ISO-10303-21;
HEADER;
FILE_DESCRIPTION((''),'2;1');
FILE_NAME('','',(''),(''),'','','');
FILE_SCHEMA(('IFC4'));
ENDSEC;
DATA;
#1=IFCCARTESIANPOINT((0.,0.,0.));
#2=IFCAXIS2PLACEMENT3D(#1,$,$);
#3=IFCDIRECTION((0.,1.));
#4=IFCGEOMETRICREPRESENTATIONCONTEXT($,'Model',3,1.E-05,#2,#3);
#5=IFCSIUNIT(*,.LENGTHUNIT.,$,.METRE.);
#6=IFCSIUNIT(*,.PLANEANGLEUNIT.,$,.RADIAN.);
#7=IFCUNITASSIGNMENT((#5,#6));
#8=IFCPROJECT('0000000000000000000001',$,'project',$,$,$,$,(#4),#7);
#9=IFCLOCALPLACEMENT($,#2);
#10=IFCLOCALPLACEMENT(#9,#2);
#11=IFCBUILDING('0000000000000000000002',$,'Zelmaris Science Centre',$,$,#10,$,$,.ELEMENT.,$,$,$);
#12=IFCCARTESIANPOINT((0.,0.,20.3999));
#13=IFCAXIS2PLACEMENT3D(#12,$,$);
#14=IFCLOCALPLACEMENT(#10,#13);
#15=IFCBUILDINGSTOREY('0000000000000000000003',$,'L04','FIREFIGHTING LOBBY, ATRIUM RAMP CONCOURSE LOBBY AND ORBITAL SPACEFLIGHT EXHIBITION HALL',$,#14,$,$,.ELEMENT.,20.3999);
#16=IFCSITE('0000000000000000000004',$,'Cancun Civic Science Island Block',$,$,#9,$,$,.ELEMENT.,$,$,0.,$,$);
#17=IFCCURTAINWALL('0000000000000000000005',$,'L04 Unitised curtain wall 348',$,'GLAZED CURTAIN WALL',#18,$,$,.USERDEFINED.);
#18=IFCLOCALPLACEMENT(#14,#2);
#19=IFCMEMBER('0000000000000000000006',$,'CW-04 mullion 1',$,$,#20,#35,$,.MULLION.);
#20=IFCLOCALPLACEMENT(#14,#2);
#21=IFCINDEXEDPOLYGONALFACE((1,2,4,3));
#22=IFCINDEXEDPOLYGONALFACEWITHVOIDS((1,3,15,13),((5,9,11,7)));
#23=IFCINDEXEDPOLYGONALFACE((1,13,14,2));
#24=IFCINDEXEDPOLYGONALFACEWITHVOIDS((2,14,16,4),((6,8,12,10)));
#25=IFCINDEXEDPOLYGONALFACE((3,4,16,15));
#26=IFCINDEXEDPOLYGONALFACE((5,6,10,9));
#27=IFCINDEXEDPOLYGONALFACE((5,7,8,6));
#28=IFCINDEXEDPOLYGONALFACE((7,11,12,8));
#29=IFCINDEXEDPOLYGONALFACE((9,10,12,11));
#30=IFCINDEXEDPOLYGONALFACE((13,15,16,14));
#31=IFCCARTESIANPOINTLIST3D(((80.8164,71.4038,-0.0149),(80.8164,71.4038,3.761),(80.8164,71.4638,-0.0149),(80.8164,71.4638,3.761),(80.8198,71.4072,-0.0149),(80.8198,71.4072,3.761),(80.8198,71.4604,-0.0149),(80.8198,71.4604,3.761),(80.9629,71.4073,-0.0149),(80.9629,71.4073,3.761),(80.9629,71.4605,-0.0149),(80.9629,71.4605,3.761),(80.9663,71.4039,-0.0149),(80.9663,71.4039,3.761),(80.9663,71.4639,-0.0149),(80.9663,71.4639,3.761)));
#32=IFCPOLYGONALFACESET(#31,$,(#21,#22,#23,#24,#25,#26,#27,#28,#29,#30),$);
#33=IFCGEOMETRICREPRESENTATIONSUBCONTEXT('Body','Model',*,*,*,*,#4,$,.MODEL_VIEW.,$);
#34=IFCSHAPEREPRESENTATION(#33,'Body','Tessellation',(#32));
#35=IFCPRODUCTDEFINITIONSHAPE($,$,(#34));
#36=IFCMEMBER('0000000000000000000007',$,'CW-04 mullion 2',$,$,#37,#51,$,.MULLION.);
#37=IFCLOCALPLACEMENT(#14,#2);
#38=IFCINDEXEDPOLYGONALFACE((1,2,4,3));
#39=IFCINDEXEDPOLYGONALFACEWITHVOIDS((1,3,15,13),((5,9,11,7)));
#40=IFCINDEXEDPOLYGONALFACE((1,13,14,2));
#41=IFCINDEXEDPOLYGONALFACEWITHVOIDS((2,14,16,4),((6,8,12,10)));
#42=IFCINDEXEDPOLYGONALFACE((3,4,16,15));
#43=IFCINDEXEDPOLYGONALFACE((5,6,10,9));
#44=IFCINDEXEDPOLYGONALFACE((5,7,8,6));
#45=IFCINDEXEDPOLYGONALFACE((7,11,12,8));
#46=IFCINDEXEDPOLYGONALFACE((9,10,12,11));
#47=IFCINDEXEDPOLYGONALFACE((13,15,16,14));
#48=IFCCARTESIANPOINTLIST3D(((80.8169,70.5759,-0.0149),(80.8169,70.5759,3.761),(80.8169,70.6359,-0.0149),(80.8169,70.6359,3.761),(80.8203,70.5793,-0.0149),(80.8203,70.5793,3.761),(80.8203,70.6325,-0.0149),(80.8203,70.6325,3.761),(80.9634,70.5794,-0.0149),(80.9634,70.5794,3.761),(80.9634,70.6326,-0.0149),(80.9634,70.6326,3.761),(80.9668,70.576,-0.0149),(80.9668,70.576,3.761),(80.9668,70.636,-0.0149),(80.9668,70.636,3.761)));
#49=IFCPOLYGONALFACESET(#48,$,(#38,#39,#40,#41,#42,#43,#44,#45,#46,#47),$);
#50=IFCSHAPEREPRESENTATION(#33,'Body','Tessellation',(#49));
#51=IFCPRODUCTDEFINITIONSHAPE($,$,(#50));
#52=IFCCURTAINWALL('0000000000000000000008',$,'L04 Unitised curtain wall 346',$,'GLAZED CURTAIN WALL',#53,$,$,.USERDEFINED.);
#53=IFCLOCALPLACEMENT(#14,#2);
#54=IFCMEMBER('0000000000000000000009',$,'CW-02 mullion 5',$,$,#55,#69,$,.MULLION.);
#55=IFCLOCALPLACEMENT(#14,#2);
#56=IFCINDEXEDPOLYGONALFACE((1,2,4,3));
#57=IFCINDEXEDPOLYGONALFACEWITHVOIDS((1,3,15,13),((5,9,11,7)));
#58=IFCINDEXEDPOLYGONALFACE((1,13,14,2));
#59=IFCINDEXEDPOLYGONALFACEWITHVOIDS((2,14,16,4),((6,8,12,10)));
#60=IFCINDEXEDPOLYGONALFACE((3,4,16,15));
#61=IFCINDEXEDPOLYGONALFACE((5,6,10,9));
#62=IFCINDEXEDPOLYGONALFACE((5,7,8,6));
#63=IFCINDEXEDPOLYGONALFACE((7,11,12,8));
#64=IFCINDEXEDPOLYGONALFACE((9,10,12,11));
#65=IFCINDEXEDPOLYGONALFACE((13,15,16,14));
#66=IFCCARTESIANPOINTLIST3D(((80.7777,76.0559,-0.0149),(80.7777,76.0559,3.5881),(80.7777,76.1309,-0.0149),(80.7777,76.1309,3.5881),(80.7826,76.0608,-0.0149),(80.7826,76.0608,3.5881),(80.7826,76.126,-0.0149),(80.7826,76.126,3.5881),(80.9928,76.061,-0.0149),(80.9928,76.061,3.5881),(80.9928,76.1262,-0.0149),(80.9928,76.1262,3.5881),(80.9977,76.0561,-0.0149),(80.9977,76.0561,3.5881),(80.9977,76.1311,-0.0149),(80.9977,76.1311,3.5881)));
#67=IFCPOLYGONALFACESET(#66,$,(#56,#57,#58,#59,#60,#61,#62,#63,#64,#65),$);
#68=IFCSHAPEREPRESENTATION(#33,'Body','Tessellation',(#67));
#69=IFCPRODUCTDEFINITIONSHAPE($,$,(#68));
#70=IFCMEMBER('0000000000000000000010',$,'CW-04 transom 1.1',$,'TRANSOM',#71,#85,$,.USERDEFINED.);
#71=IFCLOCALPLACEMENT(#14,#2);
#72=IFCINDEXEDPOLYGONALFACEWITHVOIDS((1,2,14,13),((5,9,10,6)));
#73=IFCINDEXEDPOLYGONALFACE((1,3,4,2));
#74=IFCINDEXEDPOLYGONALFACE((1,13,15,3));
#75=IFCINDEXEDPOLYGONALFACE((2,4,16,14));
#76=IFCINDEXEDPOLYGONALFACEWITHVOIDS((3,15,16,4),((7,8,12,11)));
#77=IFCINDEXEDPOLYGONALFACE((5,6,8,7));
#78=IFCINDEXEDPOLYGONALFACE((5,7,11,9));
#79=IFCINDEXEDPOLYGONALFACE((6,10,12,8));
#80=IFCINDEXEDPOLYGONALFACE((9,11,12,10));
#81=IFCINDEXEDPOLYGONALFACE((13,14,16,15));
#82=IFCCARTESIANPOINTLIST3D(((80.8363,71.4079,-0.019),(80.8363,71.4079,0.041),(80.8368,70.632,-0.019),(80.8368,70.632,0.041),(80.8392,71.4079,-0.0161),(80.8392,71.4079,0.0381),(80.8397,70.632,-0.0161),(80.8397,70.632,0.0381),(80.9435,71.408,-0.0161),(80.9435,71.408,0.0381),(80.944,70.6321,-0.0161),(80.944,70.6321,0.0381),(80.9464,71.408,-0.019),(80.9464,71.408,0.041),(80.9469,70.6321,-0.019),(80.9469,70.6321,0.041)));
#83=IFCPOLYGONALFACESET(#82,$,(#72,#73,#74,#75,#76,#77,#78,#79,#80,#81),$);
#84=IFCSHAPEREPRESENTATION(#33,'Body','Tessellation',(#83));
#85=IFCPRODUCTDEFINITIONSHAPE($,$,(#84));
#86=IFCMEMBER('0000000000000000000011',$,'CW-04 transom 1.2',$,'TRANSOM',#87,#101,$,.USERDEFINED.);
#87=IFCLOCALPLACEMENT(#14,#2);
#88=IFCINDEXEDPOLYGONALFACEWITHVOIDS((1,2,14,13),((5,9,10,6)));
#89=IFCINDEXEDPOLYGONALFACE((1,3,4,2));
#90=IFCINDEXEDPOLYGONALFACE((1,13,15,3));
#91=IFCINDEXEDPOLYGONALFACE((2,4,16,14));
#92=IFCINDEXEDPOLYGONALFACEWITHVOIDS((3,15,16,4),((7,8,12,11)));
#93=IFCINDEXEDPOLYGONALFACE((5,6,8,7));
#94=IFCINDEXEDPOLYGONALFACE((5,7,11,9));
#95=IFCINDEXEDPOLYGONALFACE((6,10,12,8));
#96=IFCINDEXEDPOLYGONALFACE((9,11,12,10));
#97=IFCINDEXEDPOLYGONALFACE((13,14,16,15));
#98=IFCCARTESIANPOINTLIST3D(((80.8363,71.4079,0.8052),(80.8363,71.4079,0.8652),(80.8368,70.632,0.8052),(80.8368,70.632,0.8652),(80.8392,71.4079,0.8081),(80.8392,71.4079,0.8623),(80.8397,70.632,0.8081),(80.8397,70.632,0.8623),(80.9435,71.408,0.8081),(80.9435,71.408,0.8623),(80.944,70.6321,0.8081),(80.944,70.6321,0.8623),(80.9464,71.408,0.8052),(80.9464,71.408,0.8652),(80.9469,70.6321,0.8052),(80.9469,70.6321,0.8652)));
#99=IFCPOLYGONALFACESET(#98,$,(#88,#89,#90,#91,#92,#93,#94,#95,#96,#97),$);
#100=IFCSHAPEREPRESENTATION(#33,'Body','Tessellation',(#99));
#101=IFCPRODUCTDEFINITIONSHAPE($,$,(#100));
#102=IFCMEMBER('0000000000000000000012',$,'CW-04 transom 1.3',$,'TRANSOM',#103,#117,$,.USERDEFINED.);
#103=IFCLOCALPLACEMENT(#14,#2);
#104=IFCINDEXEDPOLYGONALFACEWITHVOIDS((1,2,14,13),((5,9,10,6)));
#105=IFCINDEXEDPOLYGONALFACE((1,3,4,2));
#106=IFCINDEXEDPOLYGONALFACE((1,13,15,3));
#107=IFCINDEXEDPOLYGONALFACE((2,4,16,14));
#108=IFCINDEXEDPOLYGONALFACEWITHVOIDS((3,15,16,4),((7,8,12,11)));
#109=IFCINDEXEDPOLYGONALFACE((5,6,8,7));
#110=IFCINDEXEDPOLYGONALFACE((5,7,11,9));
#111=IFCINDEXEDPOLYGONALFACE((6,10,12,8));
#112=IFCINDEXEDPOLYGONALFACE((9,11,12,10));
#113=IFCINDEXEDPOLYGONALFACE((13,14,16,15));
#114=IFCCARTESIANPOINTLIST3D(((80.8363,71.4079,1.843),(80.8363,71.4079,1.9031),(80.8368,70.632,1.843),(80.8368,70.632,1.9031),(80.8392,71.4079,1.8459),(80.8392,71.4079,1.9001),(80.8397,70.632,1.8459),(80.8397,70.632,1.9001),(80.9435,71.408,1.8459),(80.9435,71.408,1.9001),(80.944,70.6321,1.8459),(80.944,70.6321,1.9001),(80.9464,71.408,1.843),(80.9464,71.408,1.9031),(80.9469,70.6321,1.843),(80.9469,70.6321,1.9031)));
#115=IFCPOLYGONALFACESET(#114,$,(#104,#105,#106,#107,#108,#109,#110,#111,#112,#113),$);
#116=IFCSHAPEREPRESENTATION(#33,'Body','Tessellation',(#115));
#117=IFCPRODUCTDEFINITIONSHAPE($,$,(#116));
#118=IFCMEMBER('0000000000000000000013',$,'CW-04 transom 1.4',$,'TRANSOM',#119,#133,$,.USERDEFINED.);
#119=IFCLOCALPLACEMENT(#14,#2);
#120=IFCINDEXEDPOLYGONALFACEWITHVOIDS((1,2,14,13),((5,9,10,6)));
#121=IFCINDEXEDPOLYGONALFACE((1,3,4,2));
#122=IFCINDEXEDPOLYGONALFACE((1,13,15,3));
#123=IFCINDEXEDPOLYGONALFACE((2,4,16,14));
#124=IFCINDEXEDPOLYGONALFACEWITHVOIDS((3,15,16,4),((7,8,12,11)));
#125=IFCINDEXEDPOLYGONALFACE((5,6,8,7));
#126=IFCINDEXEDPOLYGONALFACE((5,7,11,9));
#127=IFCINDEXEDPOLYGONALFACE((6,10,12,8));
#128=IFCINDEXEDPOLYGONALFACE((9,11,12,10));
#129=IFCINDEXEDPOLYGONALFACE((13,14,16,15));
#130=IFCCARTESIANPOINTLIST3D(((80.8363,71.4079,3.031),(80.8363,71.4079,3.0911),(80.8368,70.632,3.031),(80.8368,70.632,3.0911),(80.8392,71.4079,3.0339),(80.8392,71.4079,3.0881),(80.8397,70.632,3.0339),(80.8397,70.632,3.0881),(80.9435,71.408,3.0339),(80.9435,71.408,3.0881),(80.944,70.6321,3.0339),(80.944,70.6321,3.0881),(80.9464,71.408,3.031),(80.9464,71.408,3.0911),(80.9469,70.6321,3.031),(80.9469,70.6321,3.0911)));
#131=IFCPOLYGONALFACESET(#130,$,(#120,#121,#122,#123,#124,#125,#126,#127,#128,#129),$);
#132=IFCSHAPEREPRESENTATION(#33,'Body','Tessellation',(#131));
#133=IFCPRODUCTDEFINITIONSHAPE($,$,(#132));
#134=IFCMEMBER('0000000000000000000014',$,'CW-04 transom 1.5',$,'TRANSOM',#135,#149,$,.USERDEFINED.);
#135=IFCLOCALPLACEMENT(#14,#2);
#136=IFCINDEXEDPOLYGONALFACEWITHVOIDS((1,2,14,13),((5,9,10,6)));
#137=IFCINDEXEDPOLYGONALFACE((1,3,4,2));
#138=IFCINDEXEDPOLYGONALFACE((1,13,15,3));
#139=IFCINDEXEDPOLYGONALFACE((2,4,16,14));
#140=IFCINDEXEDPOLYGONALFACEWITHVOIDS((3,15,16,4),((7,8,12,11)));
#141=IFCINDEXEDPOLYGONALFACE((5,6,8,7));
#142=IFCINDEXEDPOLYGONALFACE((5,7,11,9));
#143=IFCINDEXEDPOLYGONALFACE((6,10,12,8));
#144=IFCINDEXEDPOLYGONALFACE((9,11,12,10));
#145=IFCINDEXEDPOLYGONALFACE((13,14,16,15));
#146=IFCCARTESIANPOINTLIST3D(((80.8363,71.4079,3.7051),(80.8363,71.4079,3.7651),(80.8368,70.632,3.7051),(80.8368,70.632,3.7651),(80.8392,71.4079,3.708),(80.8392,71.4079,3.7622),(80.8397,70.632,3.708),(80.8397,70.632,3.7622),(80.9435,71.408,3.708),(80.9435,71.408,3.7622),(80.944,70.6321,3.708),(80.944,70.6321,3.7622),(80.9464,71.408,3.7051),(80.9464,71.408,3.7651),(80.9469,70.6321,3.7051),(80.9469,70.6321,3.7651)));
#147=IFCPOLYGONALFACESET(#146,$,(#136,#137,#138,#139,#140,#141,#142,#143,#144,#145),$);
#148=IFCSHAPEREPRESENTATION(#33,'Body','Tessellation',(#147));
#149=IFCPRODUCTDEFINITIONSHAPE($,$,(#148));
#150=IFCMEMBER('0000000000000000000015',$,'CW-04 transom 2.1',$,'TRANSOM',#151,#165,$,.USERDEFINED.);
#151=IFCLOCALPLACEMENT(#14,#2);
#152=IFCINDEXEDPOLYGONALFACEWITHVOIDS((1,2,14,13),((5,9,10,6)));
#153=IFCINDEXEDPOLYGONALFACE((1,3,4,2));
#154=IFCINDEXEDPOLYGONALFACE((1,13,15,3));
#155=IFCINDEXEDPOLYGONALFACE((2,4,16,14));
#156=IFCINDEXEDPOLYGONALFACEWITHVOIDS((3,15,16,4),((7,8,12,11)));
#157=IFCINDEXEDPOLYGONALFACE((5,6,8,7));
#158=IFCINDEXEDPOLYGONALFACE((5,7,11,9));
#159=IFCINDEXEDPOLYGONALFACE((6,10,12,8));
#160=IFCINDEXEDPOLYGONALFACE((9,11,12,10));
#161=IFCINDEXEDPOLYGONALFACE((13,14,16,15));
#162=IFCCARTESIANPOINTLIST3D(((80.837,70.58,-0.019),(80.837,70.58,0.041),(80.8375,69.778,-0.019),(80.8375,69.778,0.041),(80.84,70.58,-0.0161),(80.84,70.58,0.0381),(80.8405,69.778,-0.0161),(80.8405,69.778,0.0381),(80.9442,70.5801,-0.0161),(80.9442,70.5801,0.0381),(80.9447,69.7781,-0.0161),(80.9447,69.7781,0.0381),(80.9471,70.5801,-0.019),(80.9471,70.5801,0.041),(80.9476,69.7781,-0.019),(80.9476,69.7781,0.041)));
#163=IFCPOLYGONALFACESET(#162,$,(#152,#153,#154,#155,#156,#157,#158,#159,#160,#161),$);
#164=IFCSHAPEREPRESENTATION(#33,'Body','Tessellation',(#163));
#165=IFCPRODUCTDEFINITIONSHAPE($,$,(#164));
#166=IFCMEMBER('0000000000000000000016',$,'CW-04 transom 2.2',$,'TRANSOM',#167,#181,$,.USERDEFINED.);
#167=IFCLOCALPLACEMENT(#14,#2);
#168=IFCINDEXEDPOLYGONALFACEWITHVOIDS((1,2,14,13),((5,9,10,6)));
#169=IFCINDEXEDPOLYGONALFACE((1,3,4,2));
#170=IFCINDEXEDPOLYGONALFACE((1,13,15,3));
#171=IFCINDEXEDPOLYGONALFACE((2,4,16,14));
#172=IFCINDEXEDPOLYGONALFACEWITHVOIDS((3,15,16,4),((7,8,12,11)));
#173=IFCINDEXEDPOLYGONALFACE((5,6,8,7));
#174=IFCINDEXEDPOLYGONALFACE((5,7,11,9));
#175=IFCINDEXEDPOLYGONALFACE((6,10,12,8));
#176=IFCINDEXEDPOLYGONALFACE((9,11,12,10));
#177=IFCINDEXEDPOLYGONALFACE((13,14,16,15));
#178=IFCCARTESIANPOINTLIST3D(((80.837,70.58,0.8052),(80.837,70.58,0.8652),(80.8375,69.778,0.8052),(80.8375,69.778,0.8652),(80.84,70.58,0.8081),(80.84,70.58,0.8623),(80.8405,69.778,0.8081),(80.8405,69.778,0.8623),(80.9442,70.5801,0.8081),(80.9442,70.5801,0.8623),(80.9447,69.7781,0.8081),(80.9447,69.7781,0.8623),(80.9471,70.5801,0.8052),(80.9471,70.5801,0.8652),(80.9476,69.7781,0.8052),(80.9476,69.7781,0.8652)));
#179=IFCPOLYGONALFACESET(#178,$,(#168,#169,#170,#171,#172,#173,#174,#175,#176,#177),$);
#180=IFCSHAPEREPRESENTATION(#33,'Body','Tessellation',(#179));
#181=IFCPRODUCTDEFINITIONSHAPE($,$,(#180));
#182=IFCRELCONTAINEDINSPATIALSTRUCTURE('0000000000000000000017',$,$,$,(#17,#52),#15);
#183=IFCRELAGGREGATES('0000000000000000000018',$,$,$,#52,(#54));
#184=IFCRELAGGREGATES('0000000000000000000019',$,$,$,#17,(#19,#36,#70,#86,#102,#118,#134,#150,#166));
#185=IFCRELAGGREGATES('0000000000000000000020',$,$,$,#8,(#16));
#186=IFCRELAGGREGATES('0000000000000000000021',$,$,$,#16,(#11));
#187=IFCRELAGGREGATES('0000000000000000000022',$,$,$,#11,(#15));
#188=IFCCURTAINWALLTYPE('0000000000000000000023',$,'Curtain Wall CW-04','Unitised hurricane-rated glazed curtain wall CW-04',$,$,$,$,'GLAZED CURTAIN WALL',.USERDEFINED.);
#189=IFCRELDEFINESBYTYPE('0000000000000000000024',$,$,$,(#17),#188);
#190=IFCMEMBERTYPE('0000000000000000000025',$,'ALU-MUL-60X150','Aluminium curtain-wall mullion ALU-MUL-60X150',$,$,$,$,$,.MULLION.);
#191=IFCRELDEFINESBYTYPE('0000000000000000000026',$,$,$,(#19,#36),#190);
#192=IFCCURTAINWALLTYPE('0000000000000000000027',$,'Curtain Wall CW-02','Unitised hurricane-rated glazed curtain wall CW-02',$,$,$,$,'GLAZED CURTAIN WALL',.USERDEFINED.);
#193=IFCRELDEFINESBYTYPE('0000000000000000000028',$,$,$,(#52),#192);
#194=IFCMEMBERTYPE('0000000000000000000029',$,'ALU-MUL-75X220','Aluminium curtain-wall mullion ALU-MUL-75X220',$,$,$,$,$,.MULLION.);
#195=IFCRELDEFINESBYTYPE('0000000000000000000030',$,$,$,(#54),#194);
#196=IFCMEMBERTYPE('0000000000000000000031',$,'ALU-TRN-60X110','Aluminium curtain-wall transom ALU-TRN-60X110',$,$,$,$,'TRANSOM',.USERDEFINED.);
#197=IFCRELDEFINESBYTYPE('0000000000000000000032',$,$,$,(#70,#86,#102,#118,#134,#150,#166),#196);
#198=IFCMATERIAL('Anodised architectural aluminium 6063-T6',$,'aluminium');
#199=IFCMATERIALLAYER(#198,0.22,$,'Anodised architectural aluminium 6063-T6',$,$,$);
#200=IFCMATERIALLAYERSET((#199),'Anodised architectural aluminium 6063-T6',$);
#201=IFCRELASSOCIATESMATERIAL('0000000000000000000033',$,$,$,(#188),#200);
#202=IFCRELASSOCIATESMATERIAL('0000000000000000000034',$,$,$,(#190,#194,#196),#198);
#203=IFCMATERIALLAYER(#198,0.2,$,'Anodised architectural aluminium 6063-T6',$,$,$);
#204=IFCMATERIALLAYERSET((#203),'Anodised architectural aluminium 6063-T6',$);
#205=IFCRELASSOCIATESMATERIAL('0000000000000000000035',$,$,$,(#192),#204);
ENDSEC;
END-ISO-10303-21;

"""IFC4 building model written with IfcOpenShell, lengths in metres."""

from ifc_helpers import new_model, si_unit, direction, frame, origin, origin_2d, place, context, subcontext, project, spatial, hollow_rectangle, extrude, material, layer, layer_set, material_profile, profile_set, type_object, element, aggregate, save


model = new_model("IFC4")

# Units and contexts
model_context = context("Model", 3, precision=1e-05, world=origin(), true_north=direction((0.0, 1.0)))
body_context = subcontext(model_context, "Body", "Model", "MODEL_VIEW")
ifc_project = project(units=[si_unit("LENGTHUNIT", "METRE"), si_unit("PLANEANGLEUNIT", "RADIAN")], contexts=[model_context])

# Site, building, storey
site_placement = place(None, origin())
site = spatial("IfcSite", under=ifc_project, at=site_placement, Name="Cancun Civic Science Island Block", CompositionType="ELEMENT", RefElevation=0.0)
building_placement = place(site_placement, origin())
building = spatial("IfcBuilding", under=site, at=building_placement, Name="Zelmaris Science Centre", CompositionType="ELEMENT")
storey_placement = place(building_placement, frame((0.0, 0.0, 20.3999)))
storey = spatial("IfcBuildingStorey", under=building, at=storey_placement, Name="L04", Description="FIREFIGHTING LOBBY, ATRIUM RAMP CONCOURSE LOBBY AND ORBITAL SPACEFLIGHT EXHIBITION HALL", CompositionType="ELEMENT", Elevation=20.3999)

# Curtain wall, members
ifc_material_1 = material(Name="Anodised architectural aluminium 6063-T6", Category="aluminium")
ifc_layer_1 = layer(ifc_material_1, 0.22, Name="Anodised architectural aluminium 6063-T6")
ifc_layer_set_1 = layer_set([ifc_layer_1], Name="Anodised architectural aluminium 6063-T6")
curtain_wall_type_1 = type_object("IfcCurtainWallType", Name="Curtain Wall CW-04", Description="Unitised hurricane-rated glazed curtain wall CW-04", ElementType="GLAZED CURTAIN WALL", PredefinedType="USERDEFINED", material=ifc_layer_set_1)
curtain_wall_1_placement = place(storey_placement, origin())
curtain_wall_1 = element("IfcCurtainWall", 1, at=curtain_wall_1_placement, inside=storey, type_object=curtain_wall_type_1, Name="L04 Unitised curtain wall 348", ObjectType="GLAZED CURTAIN WALL", PredefinedType="USERDEFINED")
ifc_material_profile_1 = material_profile(ifc_material_1, hollow_rectangle(XDim=0.0601, YDim=0.1499, WallThickness=0.0034, at=origin_2d()), Name="ALU-MUL-60X150")
ifc_profile_set_1 = profile_set([ifc_material_profile_1], Name="Anodised architectural aluminium 6063-T6")
member_type_1 = type_object("IfcMemberType", Name="ALU-MUL-60X150", Description="Aluminium curtain-wall mullion ALU-MUL-60X150", PredefinedType="MULLION", material=ifc_profile_set_1)
member_1_placement = place(storey_placement, frame((80.8914, 71.4338, -0.0149), z_axis=(0.0, 0.0, 1.0), x_axis=(0.000771, -1.0, 0.0)))
member_1 = element("IfcMember", 2, at=member_1_placement, type_object=member_type_1, Name="CW-04 mullion 1", PredefinedType="MULLION", context=body_context, shape_type="SweptSolid", body=[
    extrude(hollow_rectangle(XDim=0.0601, YDim=0.1499, WallThickness=0.0034, at=origin_2d()), origin(), (0.0, 0.0, 1.0), 3.7759),
])
member_2_placement = place(storey_placement, frame((80.8918, 70.606, -0.0149), z_axis=(0.0, 0.0, 1.0), x_axis=(0.000771, -1.0, 0.0)))
member_2 = element("IfcMember", 3, at=member_2_placement, type_object=member_type_1, Name="CW-04 mullion 2", PredefinedType="MULLION", context=body_context, shape_type="SweptSolid", body=[
    extrude(hollow_rectangle(XDim=0.0601, YDim=0.1499, WallThickness=0.0034, at=origin_2d()), origin(), (0.0, 0.0, 1.0), 3.7759),
])

# Curtain wall, member
ifc_layer_2 = layer(ifc_material_1, 0.2, Name="Anodised architectural aluminium 6063-T6")
ifc_layer_set_2 = layer_set([ifc_layer_2], Name="Anodised architectural aluminium 6063-T6")
curtain_wall_type_2 = type_object("IfcCurtainWallType", Name="Curtain Wall CW-02", Description="Unitised hurricane-rated glazed curtain wall CW-02", ElementType="GLAZED CURTAIN WALL", PredefinedType="USERDEFINED", material=ifc_layer_set_2)
curtain_wall_2_placement = place(storey_placement, origin())
curtain_wall_2 = element("IfcCurtainWall", 4, at=curtain_wall_2_placement, inside=storey, type_object=curtain_wall_type_2, Name="L04 Unitised curtain wall 346", ObjectType="GLAZED CURTAIN WALL", PredefinedType="USERDEFINED")
ifc_material_profile_2 = material_profile(ifc_material_1, hollow_rectangle(XDim=0.075, YDim=0.22, WallThickness=0.0049, at=origin_2d()), Name="ALU-MUL-75X220")
ifc_profile_set_2 = profile_set([ifc_material_profile_2], Name="Anodised architectural aluminium 6063-T6")
member_type_2 = type_object("IfcMemberType", Name="ALU-MUL-75X220", Description="Aluminium curtain-wall mullion ALU-MUL-75X220", PredefinedType="MULLION", material=ifc_profile_set_2)
member_3_placement = place(storey_placement, frame((80.8877, 76.0935, -0.0149), z_axis=(0.0, 0.0, 1.0), x_axis=(0.000771, -1.0, 0.0)))
member_3 = element("IfcMember", 5, at=member_3_placement, type_object=member_type_2, Name="CW-02 mullion 5", PredefinedType="MULLION", context=body_context, shape_type="SweptSolid", body=[
    extrude(hollow_rectangle(XDim=0.075, YDim=0.22, WallThickness=0.0049, at=origin_2d()), origin(), (0.0, 0.0, 1.0), 3.603),
])

# Members
ifc_material_profile_3 = material_profile(ifc_material_1, hollow_rectangle(XDim=0.0601, YDim=0.1101, WallThickness=0.0029, at=origin_2d()), Name="ALU-TRN-60X110")
ifc_profile_set_3 = profile_set([ifc_material_profile_3], Name="Anodised architectural aluminium 6063-T6")
member_type_3 = type_object("IfcMemberType", Name="ALU-TRN-60X110", Description="Aluminium curtain-wall transom ALU-TRN-60X110", ElementType="TRANSOM", PredefinedType="USERDEFINED", material=ifc_profile_set_3)
member_4_placement = place(storey_placement, frame((80.8914, 71.408, 0.011), z_axis=(0.000629, -1.0, 0.0), x_axis=(0.0, 0.0, 1.0)))
member_4 = element("IfcMember", 6, at=member_4_placement, type_object=member_type_3, Name="CW-04 transom 1.1", ObjectType="TRANSOM", PredefinedType="USERDEFINED", context=body_context, shape_type="SweptSolid", body=[
    extrude(hollow_rectangle(XDim=0.0601, YDim=0.1101, WallThickness=0.0029, at=origin_2d()), origin(), (0.0, 0.0, 1.0), 0.7759),
])
member_5_placement = place(storey_placement, frame((80.8914, 71.408, 0.8352), z_axis=(0.000629, -1.0, 0.0), x_axis=(0.0, 0.0, 1.0)))
member_5 = element("IfcMember", 7, at=member_5_placement, type_object=member_type_3, Name="CW-04 transom 1.2", ObjectType="TRANSOM", PredefinedType="USERDEFINED", context=body_context, shape_type="SweptSolid", body=[
    extrude(hollow_rectangle(XDim=0.0601, YDim=0.1101, WallThickness=0.0029, at=origin_2d()), origin(), (0.0, 0.0, 1.0), 0.7759),
])
member_6_placement = place(storey_placement, frame((80.8914, 71.408, 1.873), z_axis=(0.000629, -1.0, 0.0), x_axis=(0.0, 0.0, 1.0)))
member_6 = element("IfcMember", 8, at=member_6_placement, type_object=member_type_3, Name="CW-04 transom 1.3", ObjectType="TRANSOM", PredefinedType="USERDEFINED", context=body_context, shape_type="SweptSolid", body=[
    extrude(hollow_rectangle(XDim=0.0601, YDim=0.1101, WallThickness=0.0029, at=origin_2d()), origin(), (0.0, 0.0, 1.0), 0.7759),
])
member_7_placement = place(storey_placement, frame((80.8914, 71.408, 3.061), z_axis=(0.000629, -1.0, 0.0), x_axis=(0.0, 0.0, 1.0)))
member_7 = element("IfcMember", 9, at=member_7_placement, type_object=member_type_3, Name="CW-04 transom 1.4", ObjectType="TRANSOM", PredefinedType="USERDEFINED", context=body_context, shape_type="SweptSolid", body=[
    extrude(hollow_rectangle(XDim=0.0601, YDim=0.1101, WallThickness=0.0029, at=origin_2d()), origin(), (0.0, 0.0, 1.0), 0.7759),
])
member_8_placement = place(storey_placement, frame((80.8914, 71.408, 3.7351), z_axis=(0.000629, -1.0, 0.0), x_axis=(0.0, 0.0, 1.0)))
member_8 = element("IfcMember", 10, at=member_8_placement, type_object=member_type_3, Name="CW-04 transom 1.5", ObjectType="TRANSOM", PredefinedType="USERDEFINED", context=body_context, shape_type="SweptSolid", body=[
    extrude(hollow_rectangle(XDim=0.0601, YDim=0.1101, WallThickness=0.0029, at=origin_2d()), origin(), (0.0, 0.0, 1.0), 0.7759),
])
member_9_placement = place(storey_placement, frame((80.8921, 70.5801, 0.011), z_axis=(0.000609, -1.0, 0.0), x_axis=(0.0, 0.0, 1.0)))
member_9 = element("IfcMember", 11, at=member_9_placement, type_object=member_type_3, Name="CW-04 transom 2.1", ObjectType="TRANSOM", PredefinedType="USERDEFINED", context=body_context, shape_type="SweptSolid", body=[
    extrude(hollow_rectangle(XDim=0.0601, YDim=0.1101, WallThickness=0.0029, at=origin_2d()), origin(), (0.0, 0.0, 1.0), 0.802),
])
member_10_placement = place(storey_placement, frame((80.8921, 70.5801, 0.8352), z_axis=(0.000609, -1.0, 0.0), x_axis=(0.0, 0.0, 1.0)))
member_10 = element("IfcMember", 12, at=member_10_placement, type_object=member_type_3, Name="CW-04 transom 2.2", ObjectType="TRANSOM", PredefinedType="USERDEFINED", context=body_context, shape_type="SweptSolid", body=[
    extrude(hollow_rectangle(XDim=0.0601, YDim=0.1101, WallThickness=0.0029, at=origin_2d()), origin(), (0.0, 0.0, 1.0), 0.802),
])

aggregate(curtain_wall_2, [member_3])
aggregate(curtain_wall_1, [member_1, member_2, member_4, member_5, member_6, member_7, member_8, member_9, member_10])

save(model, "model.ifc")
